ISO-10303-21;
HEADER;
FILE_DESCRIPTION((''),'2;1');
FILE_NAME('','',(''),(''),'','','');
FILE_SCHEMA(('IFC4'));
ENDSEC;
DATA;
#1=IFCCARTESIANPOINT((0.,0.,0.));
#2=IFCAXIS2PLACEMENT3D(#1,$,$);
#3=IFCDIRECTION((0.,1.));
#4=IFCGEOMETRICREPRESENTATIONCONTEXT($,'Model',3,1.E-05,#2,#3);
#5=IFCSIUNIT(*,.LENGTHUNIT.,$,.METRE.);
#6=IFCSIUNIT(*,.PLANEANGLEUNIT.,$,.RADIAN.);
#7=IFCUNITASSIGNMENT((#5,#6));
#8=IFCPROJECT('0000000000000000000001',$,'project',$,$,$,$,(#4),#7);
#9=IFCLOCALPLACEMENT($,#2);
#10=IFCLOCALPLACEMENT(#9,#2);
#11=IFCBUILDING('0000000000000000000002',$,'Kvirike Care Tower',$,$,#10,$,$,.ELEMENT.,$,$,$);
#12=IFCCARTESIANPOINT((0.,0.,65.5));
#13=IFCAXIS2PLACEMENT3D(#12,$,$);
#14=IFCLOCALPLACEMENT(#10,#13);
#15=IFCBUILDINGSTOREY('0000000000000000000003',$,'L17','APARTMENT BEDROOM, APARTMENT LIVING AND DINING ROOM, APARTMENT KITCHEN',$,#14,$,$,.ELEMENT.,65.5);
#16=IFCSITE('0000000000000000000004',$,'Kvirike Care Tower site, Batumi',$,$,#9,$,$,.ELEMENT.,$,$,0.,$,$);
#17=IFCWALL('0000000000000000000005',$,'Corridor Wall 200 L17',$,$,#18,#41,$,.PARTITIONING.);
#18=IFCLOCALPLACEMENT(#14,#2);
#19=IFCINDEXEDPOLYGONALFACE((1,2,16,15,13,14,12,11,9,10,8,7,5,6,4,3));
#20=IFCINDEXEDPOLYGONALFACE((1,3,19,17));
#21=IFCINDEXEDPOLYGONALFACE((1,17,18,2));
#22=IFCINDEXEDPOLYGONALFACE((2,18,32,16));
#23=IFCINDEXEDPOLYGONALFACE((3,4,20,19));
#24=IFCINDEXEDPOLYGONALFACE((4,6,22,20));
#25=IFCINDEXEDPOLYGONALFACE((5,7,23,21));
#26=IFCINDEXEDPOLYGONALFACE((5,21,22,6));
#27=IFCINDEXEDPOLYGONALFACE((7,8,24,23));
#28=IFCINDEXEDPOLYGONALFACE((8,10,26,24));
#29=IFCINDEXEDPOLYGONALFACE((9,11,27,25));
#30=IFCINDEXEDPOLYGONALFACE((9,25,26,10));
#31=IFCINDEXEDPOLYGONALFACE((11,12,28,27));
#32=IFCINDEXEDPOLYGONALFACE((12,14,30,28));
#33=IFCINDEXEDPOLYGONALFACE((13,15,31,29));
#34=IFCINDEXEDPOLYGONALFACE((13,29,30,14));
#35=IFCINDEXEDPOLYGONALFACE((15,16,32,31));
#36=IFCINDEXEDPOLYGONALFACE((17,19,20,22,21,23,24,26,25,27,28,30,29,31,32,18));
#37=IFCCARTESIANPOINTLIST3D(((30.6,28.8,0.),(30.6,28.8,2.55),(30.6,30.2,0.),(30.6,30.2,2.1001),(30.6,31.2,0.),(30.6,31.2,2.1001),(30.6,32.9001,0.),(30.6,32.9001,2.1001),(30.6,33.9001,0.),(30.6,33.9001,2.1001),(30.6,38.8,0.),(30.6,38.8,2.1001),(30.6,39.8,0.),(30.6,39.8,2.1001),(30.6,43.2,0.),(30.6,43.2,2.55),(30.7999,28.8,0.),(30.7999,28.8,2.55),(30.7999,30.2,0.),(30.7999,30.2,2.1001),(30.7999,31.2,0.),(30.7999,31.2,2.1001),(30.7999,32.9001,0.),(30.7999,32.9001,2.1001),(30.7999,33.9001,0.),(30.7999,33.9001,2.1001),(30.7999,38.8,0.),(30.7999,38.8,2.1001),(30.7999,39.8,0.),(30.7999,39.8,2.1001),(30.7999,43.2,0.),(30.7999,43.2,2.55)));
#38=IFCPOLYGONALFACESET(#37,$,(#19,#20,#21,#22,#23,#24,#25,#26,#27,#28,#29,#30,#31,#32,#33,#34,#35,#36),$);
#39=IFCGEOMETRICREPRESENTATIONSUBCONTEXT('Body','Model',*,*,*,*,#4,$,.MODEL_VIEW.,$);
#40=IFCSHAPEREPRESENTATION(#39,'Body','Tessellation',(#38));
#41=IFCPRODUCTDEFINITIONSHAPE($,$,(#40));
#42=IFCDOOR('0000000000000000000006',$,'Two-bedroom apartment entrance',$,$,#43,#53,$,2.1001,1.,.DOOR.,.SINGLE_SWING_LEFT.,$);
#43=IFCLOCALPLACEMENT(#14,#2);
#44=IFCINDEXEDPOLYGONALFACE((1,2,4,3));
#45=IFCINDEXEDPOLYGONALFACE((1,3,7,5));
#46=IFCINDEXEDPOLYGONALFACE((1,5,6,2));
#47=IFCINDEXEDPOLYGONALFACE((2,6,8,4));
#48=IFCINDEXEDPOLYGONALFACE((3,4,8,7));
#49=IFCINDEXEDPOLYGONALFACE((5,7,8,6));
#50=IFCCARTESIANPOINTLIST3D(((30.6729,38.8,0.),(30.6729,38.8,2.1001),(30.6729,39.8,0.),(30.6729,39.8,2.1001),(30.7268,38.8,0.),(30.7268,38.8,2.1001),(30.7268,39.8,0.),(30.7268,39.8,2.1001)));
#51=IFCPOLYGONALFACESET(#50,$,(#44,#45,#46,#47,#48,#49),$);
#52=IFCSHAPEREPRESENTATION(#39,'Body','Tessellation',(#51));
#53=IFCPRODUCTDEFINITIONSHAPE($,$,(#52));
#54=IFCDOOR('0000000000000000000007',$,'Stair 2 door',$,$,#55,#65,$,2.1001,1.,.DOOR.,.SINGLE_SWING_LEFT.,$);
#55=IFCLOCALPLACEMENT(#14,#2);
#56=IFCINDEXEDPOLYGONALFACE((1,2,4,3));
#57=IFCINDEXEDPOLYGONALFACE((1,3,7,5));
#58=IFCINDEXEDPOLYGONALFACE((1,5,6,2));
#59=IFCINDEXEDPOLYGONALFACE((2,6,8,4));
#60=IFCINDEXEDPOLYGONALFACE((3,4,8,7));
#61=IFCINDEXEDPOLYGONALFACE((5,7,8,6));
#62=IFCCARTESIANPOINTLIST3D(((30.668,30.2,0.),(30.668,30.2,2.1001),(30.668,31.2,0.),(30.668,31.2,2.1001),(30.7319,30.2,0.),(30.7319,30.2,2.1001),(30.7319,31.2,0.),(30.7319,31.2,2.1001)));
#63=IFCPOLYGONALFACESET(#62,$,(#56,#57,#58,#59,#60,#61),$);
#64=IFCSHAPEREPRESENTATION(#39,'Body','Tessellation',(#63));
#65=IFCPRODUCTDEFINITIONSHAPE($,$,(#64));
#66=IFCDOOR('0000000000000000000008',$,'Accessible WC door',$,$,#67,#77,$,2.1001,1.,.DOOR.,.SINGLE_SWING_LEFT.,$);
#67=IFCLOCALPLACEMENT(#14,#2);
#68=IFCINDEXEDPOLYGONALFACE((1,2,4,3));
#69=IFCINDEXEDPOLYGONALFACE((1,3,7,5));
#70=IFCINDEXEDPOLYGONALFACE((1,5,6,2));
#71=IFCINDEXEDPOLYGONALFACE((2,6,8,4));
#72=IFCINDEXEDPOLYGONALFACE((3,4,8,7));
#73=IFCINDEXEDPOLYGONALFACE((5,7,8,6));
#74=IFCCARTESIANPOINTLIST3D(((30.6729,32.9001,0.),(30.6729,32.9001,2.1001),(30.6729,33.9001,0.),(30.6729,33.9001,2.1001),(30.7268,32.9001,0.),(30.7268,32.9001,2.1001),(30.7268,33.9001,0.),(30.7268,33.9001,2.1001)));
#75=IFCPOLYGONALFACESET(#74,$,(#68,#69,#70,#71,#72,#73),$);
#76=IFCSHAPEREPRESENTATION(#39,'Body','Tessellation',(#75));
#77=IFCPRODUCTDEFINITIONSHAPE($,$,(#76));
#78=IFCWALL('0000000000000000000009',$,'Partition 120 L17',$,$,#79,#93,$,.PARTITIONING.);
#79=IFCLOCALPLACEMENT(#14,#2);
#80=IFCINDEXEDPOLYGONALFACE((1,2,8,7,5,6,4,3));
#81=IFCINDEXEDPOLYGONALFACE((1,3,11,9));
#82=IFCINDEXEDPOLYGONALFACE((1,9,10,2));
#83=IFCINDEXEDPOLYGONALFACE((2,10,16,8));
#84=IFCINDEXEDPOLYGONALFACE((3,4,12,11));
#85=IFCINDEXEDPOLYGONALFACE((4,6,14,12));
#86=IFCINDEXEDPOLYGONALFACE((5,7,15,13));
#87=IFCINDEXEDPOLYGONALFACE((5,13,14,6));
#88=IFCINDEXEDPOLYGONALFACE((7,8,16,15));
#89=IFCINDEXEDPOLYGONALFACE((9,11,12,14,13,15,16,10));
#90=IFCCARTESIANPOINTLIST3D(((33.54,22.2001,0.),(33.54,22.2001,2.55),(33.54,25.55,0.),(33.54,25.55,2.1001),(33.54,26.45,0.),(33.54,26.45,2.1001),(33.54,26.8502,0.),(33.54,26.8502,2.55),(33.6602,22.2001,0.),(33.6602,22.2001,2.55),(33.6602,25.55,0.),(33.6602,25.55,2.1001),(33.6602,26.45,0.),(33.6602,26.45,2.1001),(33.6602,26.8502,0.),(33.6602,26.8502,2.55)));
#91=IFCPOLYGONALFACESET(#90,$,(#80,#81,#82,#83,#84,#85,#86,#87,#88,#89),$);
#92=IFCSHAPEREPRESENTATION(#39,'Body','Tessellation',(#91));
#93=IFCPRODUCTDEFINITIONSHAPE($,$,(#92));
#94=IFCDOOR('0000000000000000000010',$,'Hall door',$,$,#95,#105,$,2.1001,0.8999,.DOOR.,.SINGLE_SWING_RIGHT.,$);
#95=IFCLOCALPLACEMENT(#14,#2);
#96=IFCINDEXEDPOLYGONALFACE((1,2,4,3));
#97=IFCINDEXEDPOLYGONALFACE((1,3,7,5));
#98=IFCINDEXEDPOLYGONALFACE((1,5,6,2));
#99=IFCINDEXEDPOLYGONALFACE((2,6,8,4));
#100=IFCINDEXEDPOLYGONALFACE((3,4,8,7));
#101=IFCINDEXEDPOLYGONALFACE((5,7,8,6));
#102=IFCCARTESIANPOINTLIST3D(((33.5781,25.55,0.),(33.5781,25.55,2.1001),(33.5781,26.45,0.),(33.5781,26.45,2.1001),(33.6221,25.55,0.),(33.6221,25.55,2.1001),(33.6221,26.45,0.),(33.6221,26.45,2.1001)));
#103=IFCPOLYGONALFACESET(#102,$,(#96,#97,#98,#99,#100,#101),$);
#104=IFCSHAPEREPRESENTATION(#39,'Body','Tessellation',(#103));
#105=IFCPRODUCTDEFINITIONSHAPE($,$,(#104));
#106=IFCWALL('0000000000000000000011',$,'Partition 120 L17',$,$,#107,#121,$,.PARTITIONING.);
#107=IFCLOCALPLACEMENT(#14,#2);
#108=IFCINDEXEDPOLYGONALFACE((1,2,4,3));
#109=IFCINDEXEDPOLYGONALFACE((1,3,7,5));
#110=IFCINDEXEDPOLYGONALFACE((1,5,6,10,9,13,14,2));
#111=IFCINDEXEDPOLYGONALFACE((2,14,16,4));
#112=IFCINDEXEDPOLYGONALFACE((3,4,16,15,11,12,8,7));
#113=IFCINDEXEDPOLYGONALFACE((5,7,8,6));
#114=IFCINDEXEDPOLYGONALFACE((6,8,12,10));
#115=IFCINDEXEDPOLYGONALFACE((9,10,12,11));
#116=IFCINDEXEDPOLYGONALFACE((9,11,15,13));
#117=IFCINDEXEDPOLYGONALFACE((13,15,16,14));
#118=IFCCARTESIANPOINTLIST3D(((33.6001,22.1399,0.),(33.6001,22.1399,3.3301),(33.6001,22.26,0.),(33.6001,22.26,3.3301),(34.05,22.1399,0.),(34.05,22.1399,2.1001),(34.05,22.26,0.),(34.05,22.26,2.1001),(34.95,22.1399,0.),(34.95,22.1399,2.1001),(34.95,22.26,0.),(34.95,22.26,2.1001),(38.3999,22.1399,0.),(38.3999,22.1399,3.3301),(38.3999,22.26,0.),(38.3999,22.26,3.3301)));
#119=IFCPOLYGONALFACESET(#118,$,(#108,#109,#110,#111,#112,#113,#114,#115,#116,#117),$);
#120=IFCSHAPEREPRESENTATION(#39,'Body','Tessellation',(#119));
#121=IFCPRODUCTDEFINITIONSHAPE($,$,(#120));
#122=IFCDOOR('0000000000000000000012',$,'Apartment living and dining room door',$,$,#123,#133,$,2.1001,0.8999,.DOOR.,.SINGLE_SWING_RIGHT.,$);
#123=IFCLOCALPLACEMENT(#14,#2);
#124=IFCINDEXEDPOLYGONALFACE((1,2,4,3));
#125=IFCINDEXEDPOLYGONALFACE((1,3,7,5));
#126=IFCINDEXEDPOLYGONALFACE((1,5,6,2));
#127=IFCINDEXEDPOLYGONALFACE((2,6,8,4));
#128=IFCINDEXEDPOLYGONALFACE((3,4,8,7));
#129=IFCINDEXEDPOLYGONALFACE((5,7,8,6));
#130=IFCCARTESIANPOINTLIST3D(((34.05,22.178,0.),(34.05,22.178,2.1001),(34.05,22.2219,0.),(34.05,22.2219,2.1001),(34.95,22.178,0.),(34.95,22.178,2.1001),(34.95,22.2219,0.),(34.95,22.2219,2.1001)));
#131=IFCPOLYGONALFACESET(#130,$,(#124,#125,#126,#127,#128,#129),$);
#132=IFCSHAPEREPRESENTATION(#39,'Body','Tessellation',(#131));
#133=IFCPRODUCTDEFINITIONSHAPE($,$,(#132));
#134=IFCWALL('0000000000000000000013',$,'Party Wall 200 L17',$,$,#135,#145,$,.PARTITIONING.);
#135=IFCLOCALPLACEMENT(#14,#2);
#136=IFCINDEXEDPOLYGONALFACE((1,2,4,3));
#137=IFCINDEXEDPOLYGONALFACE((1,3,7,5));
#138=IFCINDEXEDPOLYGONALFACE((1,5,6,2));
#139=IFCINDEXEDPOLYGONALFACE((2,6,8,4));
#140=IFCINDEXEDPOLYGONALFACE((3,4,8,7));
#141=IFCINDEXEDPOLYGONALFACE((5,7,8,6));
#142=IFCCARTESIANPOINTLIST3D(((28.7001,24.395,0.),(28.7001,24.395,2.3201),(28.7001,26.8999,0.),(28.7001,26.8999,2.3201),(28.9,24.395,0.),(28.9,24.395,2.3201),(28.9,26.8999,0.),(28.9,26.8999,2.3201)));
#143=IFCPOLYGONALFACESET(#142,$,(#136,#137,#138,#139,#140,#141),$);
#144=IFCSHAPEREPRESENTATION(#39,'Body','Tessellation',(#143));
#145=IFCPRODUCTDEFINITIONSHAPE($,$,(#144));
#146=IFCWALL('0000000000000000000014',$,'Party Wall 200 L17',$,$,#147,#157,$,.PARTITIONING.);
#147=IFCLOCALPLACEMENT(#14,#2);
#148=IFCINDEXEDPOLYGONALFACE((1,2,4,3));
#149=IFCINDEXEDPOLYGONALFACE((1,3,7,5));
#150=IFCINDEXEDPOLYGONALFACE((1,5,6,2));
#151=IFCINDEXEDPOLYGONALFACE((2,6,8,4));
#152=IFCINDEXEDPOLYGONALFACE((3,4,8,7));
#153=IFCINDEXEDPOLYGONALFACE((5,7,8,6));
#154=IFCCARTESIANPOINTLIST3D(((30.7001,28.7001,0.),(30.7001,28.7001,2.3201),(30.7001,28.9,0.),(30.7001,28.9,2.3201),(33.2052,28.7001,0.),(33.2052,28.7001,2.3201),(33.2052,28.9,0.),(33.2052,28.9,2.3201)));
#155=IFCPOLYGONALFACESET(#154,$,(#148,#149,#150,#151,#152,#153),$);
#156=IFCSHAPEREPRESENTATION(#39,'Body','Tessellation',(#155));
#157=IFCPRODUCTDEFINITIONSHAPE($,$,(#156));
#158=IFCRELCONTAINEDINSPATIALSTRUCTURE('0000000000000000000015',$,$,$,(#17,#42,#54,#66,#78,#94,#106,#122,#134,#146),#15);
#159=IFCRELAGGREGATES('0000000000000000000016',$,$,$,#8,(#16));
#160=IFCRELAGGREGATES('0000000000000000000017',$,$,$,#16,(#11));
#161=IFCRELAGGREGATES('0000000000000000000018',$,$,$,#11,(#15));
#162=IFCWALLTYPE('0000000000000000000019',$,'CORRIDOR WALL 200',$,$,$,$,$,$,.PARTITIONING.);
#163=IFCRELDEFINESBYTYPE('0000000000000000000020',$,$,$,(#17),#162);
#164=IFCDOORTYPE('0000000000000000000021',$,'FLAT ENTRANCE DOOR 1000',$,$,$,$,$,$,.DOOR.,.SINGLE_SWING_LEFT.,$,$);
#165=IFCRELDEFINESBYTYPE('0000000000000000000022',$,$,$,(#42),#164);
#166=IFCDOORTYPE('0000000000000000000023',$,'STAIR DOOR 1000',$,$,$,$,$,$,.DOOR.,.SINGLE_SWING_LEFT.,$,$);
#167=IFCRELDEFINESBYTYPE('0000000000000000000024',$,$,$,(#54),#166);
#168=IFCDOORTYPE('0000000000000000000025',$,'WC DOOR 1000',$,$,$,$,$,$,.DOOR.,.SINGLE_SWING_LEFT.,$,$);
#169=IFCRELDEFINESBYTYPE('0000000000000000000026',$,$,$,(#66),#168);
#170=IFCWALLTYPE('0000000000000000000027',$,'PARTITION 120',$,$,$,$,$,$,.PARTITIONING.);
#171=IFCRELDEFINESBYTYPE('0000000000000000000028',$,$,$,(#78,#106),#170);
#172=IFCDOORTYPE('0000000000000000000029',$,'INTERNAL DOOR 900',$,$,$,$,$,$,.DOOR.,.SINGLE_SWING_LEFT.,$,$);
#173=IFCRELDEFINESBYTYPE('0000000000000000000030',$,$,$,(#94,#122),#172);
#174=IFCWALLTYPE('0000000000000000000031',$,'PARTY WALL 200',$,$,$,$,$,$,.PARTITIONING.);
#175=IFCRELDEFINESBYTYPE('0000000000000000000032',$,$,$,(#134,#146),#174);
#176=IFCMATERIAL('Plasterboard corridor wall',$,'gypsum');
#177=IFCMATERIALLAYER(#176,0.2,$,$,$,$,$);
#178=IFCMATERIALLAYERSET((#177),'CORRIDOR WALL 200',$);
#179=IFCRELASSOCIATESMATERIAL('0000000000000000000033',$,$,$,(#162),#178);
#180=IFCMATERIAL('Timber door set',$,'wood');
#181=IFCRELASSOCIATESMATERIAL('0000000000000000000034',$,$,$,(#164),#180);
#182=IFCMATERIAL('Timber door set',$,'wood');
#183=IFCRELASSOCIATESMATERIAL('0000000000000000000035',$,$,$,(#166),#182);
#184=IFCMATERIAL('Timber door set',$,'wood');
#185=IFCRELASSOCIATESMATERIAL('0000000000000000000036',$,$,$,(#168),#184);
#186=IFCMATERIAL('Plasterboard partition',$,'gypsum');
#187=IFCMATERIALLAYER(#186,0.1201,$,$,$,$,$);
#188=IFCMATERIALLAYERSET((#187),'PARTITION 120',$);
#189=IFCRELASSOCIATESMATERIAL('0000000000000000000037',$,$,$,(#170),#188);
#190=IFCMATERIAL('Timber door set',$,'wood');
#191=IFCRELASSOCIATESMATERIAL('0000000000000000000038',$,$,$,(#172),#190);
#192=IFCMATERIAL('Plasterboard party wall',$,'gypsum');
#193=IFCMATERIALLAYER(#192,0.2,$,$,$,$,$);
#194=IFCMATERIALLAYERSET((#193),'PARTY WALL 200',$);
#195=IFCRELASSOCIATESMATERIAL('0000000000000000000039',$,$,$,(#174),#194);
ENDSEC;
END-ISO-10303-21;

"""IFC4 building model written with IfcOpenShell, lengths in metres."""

from ifc_helpers import new_model, si_unit, direction, frame, frame_2d, origin, place, context, subcontext, project, spatial, rectangle, extrude, material, layer, layer_set, type_object, element, fill, save


model = new_model("IFC4")

# Units and contexts
model_context = context("Model", 3, precision=1e-05, world=origin(), true_north=direction((0.0, 1.0)))
body_context = subcontext(model_context, "Body", "Model", "MODEL_VIEW")
ifc_project = project(units=[si_unit("LENGTHUNIT", "METRE"), si_unit("PLANEANGLEUNIT", "RADIAN")], contexts=[model_context])

# Site, building, storey
site_placement = place(None, origin())
site = spatial("IfcSite", under=ifc_project, at=site_placement, Name="Kvirike Care Tower site, Batumi", CompositionType="ELEMENT", RefElevation=0.0)
building_placement = place(site_placement, origin())
building = spatial("IfcBuilding", under=site, at=building_placement, Name="Kvirike Care Tower", CompositionType="ELEMENT")
storey_placement = place(building_placement, frame((0.0, 0.0, 65.5)))
storey = spatial("IfcBuildingStorey", under=building, at=storey_placement, Name="L17", Description="APARTMENT BEDROOM, APARTMENT LIVING AND DINING ROOM, APARTMENT KITCHEN", CompositionType="ELEMENT", Elevation=65.5)

# Shared definitions
ifc_material_1 = material(Name="Plasterboard corridor wall", Category="gypsum")
ifc_layer_1 = layer(ifc_material_1, 0.2)
ifc_layer_set_1 = layer_set([ifc_layer_1], Name="CORRIDOR WALL 200")
wall_type_1 = type_object("IfcWallType", Name="CORRIDOR WALL 200", PredefinedType="PARTITIONING", material=ifc_layer_set_1)
ifc_material_2 = material(Name="Timber door set", Category="wood")
door_type_1 = type_object("IfcDoorType", Name="FLAT ENTRANCE DOOR 1000", OperationType="SINGLE_SWING_LEFT", PredefinedType="DOOR", material=ifc_material_2)

# Wall, openings, doors
wall_1_placement = place(storey_placement, frame((30.7, 28.8, 0.0), z_axis=(0.0, 0.0, 1.0), x_axis=(0.0, 1.0, 0.0)))
wall_1 = element("IfcWall", 1, at=wall_1_placement, inside=storey, type_object=wall_type_1, Name="Corridor Wall 200 L17", PredefinedType="PARTITIONING", context=body_context, shape_type="SweptSolid", body=[
    extrude(rectangle(XDim=14.3999, YDim=0.2, at=frame_2d((7.2, 0.0))), origin(), (0.0, 0.0, 1.0), 2.55),
])
opening_1_placement = place(wall_1_placement, frame((1.3999, 0.0, 0.0)))
opening_1 = element("IfcOpeningElement", 2, at=opening_1_placement, cuts=wall_1, PredefinedType="OPENING", context=body_context, shape_type="SweptSolid", body=[
    extrude(rectangle(XDim=1.0, YDim=2.1001, at=frame_2d((0.5, 1.05))), frame((0.0, 0.1106, 0.0), z_axis=(0.0, -1.0, 0.0), x_axis=(1.0, 0.0, 0.0)), (0.0, 0.0, 1.0), 0.2209),
])
opening_2_placement = place(wall_1_placement, frame((4.1001, 0.0, 0.0)))
opening_2 = element("IfcOpeningElement", 3, at=opening_2_placement, cuts=wall_1, PredefinedType="OPENING", context=body_context, shape_type="SweptSolid", body=[
    extrude(rectangle(XDim=1.0, YDim=2.1001, at=frame_2d((0.5, 1.05))), frame((0.0, 0.1106, 0.0), z_axis=(0.0, -1.0, 0.0), x_axis=(1.0, 0.0, 0.0)), (0.0, 0.0, 1.0), 0.2209),
])
opening_3_placement = place(wall_1_placement, frame((10.0, 0.0, 0.0)))
opening_3 = element("IfcOpeningElement", 4, at=opening_3_placement, cuts=wall_1, PredefinedType="OPENING", context=body_context, shape_type="SweptSolid", body=[
    extrude(rectangle(XDim=1.0, YDim=2.1001, at=frame_2d((0.5, 1.05))), frame((0.0, 0.1106, 0.0), z_axis=(0.0, -1.0, 0.0), x_axis=(1.0, 0.0, 0.0)), (0.0, 0.0, 1.0), 0.2209),
])
door_1_placement = place(opening_3_placement, frame((1.0, 0.0, 0.0), z_axis=(0.0, 0.0, 1.0), x_axis=(-1.0, 0.0, 0.0)))
door_1 = element("IfcDoor", 5, at=door_1_placement, inside=storey, type_object=door_type_1, Name="Two-bedroom apartment entrance", OperationType="SINGLE_SWING_LEFT", OverallHeight=2.1001, OverallWidth=1.0, PredefinedType="DOOR", context=body_context, shape_type="SweptSolid", body=[
    extrude(rectangle(XDim=1.0, YDim=2.1001, at=frame_2d((0.5, 1.05))), frame((0.0, 0.0269, 0.0), z_axis=(0.0, -1.0, 0.0), x_axis=(1.0, 0.0, 0.0)), (0.0, 0.0, 1.0), 0.054),
])
fill(opening_3, door_1)
ifc_material_3 = material(Name="Timber door set", Category="wood")
door_type_2 = type_object("IfcDoorType", Name="STAIR DOOR 1000", OperationType="SINGLE_SWING_LEFT", PredefinedType="DOOR", material=ifc_material_3)
door_2_placement = place(opening_1_placement, frame((1.0, 0.0, 0.0), z_axis=(0.0, 0.0, 1.0), x_axis=(-1.0, 0.0, 0.0)))
door_2 = element("IfcDoor", 6, at=door_2_placement, inside=storey, type_object=door_type_2, Name="Stair 2 door", OperationType="SINGLE_SWING_LEFT", OverallHeight=2.1001, OverallWidth=1.0, PredefinedType="DOOR", context=body_context, shape_type="SweptSolid", body=[
    extrude(rectangle(XDim=1.0, YDim=2.1001, at=frame_2d((0.5, 1.05))), frame((0.0, 0.032, 0.0), z_axis=(0.0, -1.0, 0.0), x_axis=(1.0, 0.0, 0.0)), (0.0, 0.0, 1.0), 0.064),
])
fill(opening_1, door_2)
ifc_material_4 = material(Name="Timber door set", Category="wood")
door_type_3 = type_object("IfcDoorType", Name="WC DOOR 1000", OperationType="SINGLE_SWING_LEFT", PredefinedType="DOOR", material=ifc_material_4)
door_3_placement = place(opening_2_placement, frame((1.0, 0.0, 0.0), z_axis=(0.0, 0.0, 1.0), x_axis=(-1.0, 0.0, 0.0)))
door_3 = element("IfcDoor", 7, at=door_3_placement, inside=storey, type_object=door_type_3, Name="Accessible WC door", OperationType="SINGLE_SWING_LEFT", OverallHeight=2.1001, OverallWidth=1.0, PredefinedType="DOOR", context=body_context, shape_type="SweptSolid", body=[
    extrude(rectangle(XDim=1.0, YDim=2.1001, at=frame_2d((0.5, 1.05))), frame((0.0, 0.0269, 0.0), z_axis=(0.0, -1.0, 0.0), x_axis=(1.0, 0.0, 0.0)), (0.0, 0.0, 1.0), 0.054),
])
fill(opening_2, door_3)

# Walls, openings, doors
ifc_material_5 = material(Name="Plasterboard partition", Category="gypsum")
ifc_layer_2 = layer(ifc_material_5, 0.1201)
ifc_layer_set_2 = layer_set([ifc_layer_2], Name="PARTITION 120")
wall_type_2 = type_object("IfcWallType", Name="PARTITION 120", PredefinedType="PARTITIONING", material=ifc_layer_set_2)
wall_2_placement = place(storey_placement, frame((33.6001, 22.2, 0.0), z_axis=(0.0, 0.0, 1.0), x_axis=(0.0, 1.0, 0.0)))
wall_2 = element("IfcWall", 8, at=wall_2_placement, inside=storey, type_object=wall_type_2, Name="Partition 120 L17", PredefinedType="PARTITIONING", context=body_context, shape_type="SweptSolid", body=[
    extrude(rectangle(XDim=4.6501, YDim=0.1201, at=frame_2d((2.3252, 0.0))), origin(), (0.0, 0.0, 1.0), 2.55),
])
opening_4_placement = place(wall_2_placement, frame((3.3501, 0.0, 0.0)))
opening_4 = element("IfcOpeningElement", 9, at=opening_4_placement, cuts=wall_2, PredefinedType="OPENING", context=body_context, shape_type="SweptSolid", body=[
    extrude(rectangle(XDim=0.8999, YDim=2.1001, at=frame_2d((0.45, 1.05))), frame((0.0, 0.0706, 0.0), z_axis=(0.0, -1.0, 0.0), x_axis=(1.0, 0.0, 0.0)), (0.0, 0.0, 1.0), 0.1411),
])
ifc_material_6 = material(Name="Timber door set", Category="wood")
door_type_4 = type_object("IfcDoorType", Name="INTERNAL DOOR 900", OperationType="SINGLE_SWING_LEFT", PredefinedType="DOOR", material=ifc_material_6)
door_4_placement = place(opening_4_placement, origin())
door_4 = element("IfcDoor", 10, at=door_4_placement, inside=storey, type_object=door_type_4, Name="Hall door", OperationType="SINGLE_SWING_RIGHT", OverallHeight=2.1001, OverallWidth=0.8999, PredefinedType="DOOR", context=body_context, shape_type="SweptSolid", body=[
    extrude(rectangle(XDim=0.8999, YDim=2.1001, at=frame_2d((0.45, 1.05))), frame((0.0, 0.022, 0.0), z_axis=(0.0, -1.0, 0.0), x_axis=(1.0, 0.0, 0.0)), (0.0, 0.0, 1.0), 0.0439),
])
fill(opening_4, door_4)
wall_3_placement = place(storey_placement, frame((33.6001, 22.2, 0.0), z_axis=(0.0, 0.0, 1.0), x_axis=(1.0, 0.0, 0.0)))
wall_3 = element("IfcWall", 11, at=wall_3_placement, inside=storey, type_object=wall_type_2, Name="Partition 120 L17", PredefinedType="PARTITIONING", context=body_context, shape_type="SweptSolid", body=[
    extrude(rectangle(XDim=4.7998, YDim=0.1201, at=frame_2d((2.3999, 0.0))), origin(), (0.0, 0.0, 1.0), 3.3301),
])
opening_5_placement = place(wall_3_placement, frame((0.45, 0.0, 0.0)))
opening_5 = element("IfcOpeningElement", 12, at=opening_5_placement, cuts=wall_3, PredefinedType="OPENING", context=body_context, shape_type="SweptSolid", body=[
    extrude(rectangle(XDim=0.8999, YDim=2.1001, at=frame_2d((0.45, 1.05))), frame((0.0, 0.0706, 0.0), z_axis=(0.0, -1.0, 0.0), x_axis=(1.0, 0.0, 0.0)), (0.0, 0.0, 1.0), 0.1411),
])
door_5_placement = place(opening_5_placement, origin())
door_5 = element("IfcDoor", 13, at=door_5_placement, inside=storey, type_object=door_type_4, Name="Apartment living and dining room door", OperationType="SINGLE_SWING_RIGHT", OverallHeight=2.1001, OverallWidth=0.8999, PredefinedType="DOOR", context=body_context, shape_type="SweptSolid", body=[
    extrude(rectangle(XDim=0.8999, YDim=2.1001, at=frame_2d((0.45, 1.05))), frame((0.0, 0.022, 0.0), z_axis=(0.0, -1.0, 0.0), x_axis=(1.0, 0.0, 0.0)), (0.0, 0.0, 1.0), 0.0439),
])
fill(opening_5, door_5)

# Walls
ifc_material_7 = material(Name="Plasterboard party wall", Category="gypsum")
ifc_layer_3 = layer(ifc_material_7, 0.2)
ifc_layer_set_3 = layer_set([ifc_layer_3], Name="PARTY WALL 200")
wall_type_3 = type_object("IfcWallType", Name="PARTY WALL 200", PredefinedType="PARTITIONING", material=ifc_layer_set_3)
wall_4_placement = place(storey_placement, frame((28.8, 24.395, 0.0), z_axis=(0.0, 0.0, 1.0), x_axis=(0.0, 1.0, 0.0)))
element("IfcWall", 14, at=wall_4_placement, inside=storey, type_object=wall_type_3, Name="Party Wall 200 L17", PredefinedType="PARTITIONING", context=body_context, shape_type="SweptSolid", body=[
    extrude(rectangle(XDim=2.5049, YDim=0.2, at=frame_2d((1.2524, 0.0))), origin(), (0.0, 0.0, 1.0), 2.3201),
])
wall_5_placement = place(storey_placement, frame((33.2051, 28.8, 0.0), z_axis=(0.0, 0.0, 1.0), x_axis=(-1.0, 0.0, 0.0)))
element("IfcWall", 15, at=wall_5_placement, inside=storey, type_object=wall_type_3, Name="Party Wall 200 L17", PredefinedType="PARTITIONING", context=body_context, shape_type="SweptSolid", body=[
    extrude(rectangle(XDim=2.5051, YDim=0.2, at=frame_2d((1.2524, 0.0))), origin(), (0.0, 0.0, 1.0), 2.3201),
])

save(model, "model.ifc")
